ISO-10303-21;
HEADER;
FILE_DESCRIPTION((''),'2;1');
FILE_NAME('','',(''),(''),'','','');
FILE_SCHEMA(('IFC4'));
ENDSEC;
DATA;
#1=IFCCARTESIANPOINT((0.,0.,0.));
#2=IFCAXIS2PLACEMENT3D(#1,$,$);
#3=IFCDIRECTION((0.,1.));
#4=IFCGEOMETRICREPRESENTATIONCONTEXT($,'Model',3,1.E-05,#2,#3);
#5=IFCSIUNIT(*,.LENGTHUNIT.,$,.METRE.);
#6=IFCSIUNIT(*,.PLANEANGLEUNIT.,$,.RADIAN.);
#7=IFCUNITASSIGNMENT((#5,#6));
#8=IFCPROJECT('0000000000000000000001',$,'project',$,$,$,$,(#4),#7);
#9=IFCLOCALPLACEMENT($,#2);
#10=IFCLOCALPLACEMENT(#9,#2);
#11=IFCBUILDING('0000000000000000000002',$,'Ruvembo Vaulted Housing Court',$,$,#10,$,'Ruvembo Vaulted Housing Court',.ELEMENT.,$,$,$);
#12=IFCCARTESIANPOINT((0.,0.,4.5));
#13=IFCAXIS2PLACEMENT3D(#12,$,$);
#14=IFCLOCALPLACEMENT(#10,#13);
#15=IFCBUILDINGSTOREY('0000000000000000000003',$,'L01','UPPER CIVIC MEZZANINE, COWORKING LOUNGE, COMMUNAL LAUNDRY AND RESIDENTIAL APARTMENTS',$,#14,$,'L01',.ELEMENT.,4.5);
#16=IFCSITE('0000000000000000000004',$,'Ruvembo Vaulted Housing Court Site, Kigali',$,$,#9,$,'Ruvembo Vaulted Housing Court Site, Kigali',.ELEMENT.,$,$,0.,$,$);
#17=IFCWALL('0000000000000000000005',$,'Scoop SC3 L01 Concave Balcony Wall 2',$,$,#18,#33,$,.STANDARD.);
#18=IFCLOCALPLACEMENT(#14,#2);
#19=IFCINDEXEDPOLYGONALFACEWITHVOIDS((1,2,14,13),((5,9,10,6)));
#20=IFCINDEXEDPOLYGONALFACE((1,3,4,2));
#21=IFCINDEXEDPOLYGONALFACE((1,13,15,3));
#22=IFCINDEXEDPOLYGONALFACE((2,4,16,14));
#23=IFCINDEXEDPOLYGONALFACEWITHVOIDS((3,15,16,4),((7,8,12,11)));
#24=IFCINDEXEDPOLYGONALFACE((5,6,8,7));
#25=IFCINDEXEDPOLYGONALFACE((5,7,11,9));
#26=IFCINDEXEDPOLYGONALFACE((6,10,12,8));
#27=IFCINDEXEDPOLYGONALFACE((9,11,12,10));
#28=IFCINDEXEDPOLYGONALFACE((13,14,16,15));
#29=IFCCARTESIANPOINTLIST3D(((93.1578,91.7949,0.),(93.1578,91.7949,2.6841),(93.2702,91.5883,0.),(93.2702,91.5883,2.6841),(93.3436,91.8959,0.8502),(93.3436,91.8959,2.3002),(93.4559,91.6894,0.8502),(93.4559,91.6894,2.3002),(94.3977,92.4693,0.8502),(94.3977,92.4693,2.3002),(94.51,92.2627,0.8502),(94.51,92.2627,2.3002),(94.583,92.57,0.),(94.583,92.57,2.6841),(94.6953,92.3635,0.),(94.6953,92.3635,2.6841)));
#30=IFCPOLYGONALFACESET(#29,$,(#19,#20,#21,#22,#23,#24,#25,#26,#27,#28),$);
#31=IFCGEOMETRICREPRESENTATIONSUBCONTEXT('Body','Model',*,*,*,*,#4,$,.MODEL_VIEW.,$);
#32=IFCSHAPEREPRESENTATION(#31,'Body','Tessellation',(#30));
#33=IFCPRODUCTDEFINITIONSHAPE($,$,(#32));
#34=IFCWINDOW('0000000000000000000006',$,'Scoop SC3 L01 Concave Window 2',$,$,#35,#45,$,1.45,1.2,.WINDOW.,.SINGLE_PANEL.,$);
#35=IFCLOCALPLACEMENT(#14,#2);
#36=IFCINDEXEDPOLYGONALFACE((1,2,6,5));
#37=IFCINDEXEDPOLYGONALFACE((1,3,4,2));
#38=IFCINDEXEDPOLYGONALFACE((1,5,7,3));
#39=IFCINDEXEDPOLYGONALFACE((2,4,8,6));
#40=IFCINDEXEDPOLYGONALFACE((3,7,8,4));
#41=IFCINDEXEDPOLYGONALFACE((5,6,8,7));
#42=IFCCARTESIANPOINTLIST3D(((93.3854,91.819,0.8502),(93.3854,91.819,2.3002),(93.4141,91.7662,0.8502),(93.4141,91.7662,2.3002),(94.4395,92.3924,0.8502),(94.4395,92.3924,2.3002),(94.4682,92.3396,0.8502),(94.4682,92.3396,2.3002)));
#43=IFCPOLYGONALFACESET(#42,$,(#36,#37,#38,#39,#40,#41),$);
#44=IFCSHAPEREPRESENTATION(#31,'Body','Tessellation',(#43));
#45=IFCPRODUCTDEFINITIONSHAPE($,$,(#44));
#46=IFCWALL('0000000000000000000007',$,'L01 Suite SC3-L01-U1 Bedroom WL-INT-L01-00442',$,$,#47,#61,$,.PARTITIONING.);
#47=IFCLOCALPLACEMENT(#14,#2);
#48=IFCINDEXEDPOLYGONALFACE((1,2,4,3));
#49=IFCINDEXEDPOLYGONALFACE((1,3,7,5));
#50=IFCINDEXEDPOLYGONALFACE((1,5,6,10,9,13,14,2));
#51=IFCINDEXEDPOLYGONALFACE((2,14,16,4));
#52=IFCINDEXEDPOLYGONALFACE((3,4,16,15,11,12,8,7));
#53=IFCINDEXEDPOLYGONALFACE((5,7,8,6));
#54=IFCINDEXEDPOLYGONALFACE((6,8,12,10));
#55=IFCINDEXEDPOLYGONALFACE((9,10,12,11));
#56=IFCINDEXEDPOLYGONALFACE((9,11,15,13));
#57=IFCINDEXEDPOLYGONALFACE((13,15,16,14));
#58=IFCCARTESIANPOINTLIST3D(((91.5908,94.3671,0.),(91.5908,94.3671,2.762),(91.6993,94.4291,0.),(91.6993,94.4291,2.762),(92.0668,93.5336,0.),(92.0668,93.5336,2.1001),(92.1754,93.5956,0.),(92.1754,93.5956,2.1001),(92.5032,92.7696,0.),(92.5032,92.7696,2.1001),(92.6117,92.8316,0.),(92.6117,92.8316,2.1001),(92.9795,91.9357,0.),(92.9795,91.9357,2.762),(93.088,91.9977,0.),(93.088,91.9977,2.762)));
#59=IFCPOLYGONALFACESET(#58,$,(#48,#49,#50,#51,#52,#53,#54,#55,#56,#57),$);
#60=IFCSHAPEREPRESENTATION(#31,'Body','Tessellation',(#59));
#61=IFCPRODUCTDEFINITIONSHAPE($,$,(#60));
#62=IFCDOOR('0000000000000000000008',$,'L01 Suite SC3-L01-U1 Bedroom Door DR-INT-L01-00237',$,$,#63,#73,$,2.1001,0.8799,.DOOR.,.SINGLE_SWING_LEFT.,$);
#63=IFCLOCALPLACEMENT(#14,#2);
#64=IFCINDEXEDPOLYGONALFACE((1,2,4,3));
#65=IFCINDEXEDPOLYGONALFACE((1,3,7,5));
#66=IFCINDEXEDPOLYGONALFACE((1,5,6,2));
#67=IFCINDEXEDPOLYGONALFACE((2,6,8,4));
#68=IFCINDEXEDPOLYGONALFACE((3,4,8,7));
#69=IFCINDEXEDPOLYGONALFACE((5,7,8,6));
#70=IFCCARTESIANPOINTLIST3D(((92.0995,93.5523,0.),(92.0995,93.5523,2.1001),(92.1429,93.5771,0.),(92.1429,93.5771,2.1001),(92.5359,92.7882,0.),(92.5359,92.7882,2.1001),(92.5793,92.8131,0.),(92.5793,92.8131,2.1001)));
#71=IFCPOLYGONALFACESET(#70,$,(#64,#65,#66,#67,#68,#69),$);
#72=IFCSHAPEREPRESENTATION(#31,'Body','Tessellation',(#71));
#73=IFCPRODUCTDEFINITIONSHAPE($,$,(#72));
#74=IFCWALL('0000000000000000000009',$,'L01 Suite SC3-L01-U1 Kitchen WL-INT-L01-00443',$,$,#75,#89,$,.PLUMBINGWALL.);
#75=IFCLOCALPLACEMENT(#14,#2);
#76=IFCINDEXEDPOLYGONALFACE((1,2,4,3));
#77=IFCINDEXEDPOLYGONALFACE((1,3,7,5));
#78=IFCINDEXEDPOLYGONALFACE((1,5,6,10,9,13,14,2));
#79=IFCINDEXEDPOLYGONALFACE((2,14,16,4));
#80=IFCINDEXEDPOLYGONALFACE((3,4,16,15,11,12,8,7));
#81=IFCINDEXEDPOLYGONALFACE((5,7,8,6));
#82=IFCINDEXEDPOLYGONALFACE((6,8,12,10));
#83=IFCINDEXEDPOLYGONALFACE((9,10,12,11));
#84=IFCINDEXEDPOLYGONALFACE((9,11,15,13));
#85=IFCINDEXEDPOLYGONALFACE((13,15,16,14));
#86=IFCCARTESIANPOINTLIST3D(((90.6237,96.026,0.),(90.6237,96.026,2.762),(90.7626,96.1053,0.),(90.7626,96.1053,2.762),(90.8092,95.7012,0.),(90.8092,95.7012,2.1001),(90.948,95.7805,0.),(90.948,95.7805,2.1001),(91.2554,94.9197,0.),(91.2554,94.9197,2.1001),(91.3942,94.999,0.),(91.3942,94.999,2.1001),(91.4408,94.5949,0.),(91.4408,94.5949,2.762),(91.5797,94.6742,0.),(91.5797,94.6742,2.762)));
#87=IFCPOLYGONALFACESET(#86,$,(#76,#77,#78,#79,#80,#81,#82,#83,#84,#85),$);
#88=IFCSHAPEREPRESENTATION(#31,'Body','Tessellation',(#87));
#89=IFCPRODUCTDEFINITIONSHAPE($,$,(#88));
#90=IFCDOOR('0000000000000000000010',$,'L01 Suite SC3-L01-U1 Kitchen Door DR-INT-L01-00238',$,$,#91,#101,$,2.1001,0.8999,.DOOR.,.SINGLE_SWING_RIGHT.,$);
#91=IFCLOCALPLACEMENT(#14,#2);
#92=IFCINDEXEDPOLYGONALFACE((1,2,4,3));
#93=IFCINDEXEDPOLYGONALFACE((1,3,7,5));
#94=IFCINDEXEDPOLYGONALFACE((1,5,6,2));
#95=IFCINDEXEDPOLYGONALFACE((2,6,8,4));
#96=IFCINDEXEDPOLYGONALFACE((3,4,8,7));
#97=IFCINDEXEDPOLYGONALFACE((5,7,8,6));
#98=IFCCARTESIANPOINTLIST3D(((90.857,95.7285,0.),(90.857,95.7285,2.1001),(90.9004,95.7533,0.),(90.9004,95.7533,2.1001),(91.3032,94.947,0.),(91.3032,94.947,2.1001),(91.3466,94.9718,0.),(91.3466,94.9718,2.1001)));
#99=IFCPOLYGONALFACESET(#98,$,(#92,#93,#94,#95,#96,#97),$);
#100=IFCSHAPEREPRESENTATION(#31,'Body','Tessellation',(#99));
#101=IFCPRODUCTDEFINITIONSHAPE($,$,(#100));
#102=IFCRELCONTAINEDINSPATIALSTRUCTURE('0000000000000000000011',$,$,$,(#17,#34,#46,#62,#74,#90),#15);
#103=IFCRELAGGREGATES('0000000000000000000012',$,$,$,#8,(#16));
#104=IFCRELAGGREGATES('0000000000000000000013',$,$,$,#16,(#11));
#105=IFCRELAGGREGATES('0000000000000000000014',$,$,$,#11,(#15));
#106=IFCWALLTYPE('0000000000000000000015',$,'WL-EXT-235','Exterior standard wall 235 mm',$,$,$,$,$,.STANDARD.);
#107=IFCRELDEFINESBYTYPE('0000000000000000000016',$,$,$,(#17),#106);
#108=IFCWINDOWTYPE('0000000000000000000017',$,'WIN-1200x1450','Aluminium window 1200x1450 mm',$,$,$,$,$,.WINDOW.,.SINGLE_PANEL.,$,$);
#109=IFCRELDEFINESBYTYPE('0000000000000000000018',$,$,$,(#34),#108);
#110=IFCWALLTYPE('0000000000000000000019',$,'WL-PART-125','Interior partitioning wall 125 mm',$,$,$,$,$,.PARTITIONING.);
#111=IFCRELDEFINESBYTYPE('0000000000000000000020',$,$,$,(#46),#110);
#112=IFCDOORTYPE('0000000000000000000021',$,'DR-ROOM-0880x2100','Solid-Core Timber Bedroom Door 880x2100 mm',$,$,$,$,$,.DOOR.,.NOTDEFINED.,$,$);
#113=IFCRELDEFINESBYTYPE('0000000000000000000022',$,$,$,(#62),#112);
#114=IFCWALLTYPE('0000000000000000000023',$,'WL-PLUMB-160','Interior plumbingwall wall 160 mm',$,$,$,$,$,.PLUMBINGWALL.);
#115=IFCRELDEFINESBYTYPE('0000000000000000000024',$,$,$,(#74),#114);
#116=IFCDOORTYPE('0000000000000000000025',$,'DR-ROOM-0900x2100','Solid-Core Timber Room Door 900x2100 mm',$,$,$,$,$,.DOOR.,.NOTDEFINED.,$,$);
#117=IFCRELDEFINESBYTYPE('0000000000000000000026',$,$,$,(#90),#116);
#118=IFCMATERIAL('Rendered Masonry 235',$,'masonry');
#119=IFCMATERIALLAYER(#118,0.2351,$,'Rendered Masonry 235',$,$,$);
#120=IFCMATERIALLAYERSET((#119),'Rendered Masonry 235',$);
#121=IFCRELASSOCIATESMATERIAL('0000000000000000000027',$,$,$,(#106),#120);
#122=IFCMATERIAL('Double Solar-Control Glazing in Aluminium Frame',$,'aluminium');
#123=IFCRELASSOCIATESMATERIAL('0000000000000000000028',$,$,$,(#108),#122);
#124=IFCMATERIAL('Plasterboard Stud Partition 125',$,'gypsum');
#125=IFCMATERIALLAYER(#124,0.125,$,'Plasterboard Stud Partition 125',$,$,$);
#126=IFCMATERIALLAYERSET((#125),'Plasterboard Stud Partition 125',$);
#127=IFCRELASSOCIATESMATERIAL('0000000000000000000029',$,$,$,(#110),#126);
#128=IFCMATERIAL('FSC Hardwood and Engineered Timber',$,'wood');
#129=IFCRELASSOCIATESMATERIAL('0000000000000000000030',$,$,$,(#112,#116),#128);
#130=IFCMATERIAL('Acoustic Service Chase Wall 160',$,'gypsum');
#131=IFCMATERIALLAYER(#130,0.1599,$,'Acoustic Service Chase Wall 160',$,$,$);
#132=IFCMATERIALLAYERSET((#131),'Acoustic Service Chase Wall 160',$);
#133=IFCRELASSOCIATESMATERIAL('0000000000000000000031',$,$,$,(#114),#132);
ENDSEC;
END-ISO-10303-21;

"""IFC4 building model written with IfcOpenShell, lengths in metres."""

from ifc_helpers import new_model, si_unit, direction, frame, frame_2d, origin, place, context, subcontext, project, spatial, rectangle, extrude, material, layer, layer_set, type_object, element, fill, save


model = new_model("IFC4")

# Units and contexts
model_context = context("Model", 3, precision=1e-05, world=origin(), true_north=direction((0.0, 1.0)))
body_context = subcontext(model_context, "Body", "Model", "MODEL_VIEW")
ifc_project = project(units=[si_unit("LENGTHUNIT", "METRE"), si_unit("PLANEANGLEUNIT", "RADIAN")], contexts=[model_context])

# Site, building, storey
site_placement = place(None, origin())
site = spatial("IfcSite", under=ifc_project, at=site_placement, Name="Ruvembo Vaulted Housing Court Site, Kigali", LongName="Ruvembo Vaulted Housing Court Site, Kigali", CompositionType="ELEMENT", RefElevation=0.0)
building_placement = place(site_placement, origin())
building = spatial("IfcBuilding", under=site, at=building_placement, Name="Ruvembo Vaulted Housing Court", LongName="Ruvembo Vaulted Housing Court", CompositionType="ELEMENT")
storey_placement = place(building_placement, frame((0.0, 0.0, 4.5)))
storey = spatial("IfcBuildingStorey", under=building, at=storey_placement, Name="L01", Description="UPPER CIVIC MEZZANINE, COWORKING LOUNGE, COMMUNAL LAUNDRY AND RESIDENTIAL APARTMENTS", LongName="L01", CompositionType="ELEMENT", Elevation=4.5)

# Wall, opening, window
ifc_material_1 = material(Name="Rendered Masonry 235", Category="masonry")
ifc_layer_1 = layer(ifc_material_1, 0.2351, Name="Rendered Masonry 235")
ifc_layer_set_1 = layer_set([ifc_layer_1], Name="Rendered Masonry 235")
wall_type_1 = type_object("IfcWallType", Name="WL-EXT-235", Description="Exterior standard wall 235 mm", PredefinedType="STANDARD", material=ifc_layer_set_1)
ifc_material_2 = material(Name="Double Solar-Control Glazing in Aluminium Frame", Category="aluminium")
wall_1_placement = place(storey_placement, frame((93.2141, 91.6917, 0.0), z_axis=(0.0, 0.0, 1.0), x_axis=(0.878453, 0.477829, 0.0)))
wall_1 = element("IfcWall", 1, at=wall_1_placement, inside=storey, type_object=wall_type_1, Name="Scoop SC3 L01 Concave Balcony Wall 2", PredefinedType="STANDARD", context=body_context, shape_type="SweptSolid", body=[
    extrude(rectangle(XDim=1.6223, YDim=0.2351, at=frame_2d((0.811, 0.0))), origin(), (0.0, 0.0, 1.0), 2.6841),
])
opening_1_placement = place(wall_1_placement, frame((0.2112, 0.0, 0.8501)))
opening_1 = element("IfcOpeningElement", 2, at=opening_1_placement, cuts=wall_1, PredefinedType="OPENING", context=body_context, shape_type="SweptSolid", body=[
    extrude(rectangle(XDim=1.2, YDim=1.45, at=frame_2d((0.6001, 0.7251))), frame((0.0, 0.1274, 0.0), z_axis=(0.0, -1.0, 0.0), x_axis=(1.0, 0.0, 0.0)), (0.0, 0.0, 1.0), 0.2551),
])
window_type_1 = type_object("IfcWindowType", Name="WIN-1200x1450", Description="Aluminium window 1200x1450 mm", PartitioningType="SINGLE_PANEL", PredefinedType="WINDOW", material=ifc_material_2)
window_1_placement = place(opening_1_placement, origin())
window_1 = element("IfcWindow", 3, at=window_1_placement, inside=storey, type_object=window_type_1, Name="Scoop SC3 L01 Concave Window 2", OverallHeight=1.45, OverallWidth=1.2, PartitioningType="SINGLE_PANEL", PredefinedType="WINDOW", context=body_context, shape_type="SweptSolid", body=[
    extrude(rectangle(XDim=1.2, YDim=1.45, at=frame_2d((0.6001, 0.7251))), frame((0.0, 0.03, 0.0), z_axis=(0.0, -1.0, 0.0), x_axis=(1.0, 0.0, 0.0)), (0.0, 0.0, 1.0), 0.0601),
])
fill(opening_1, window_1)

# Walls, openings, doors
ifc_material_3 = material(Name="Plasterboard Stud Partition 125", Category="gypsum")
ifc_layer_2 = layer(ifc_material_3, 0.125, Name="Plasterboard Stud Partition 125")
ifc_layer_set_2 = layer_set([ifc_layer_2], Name="Plasterboard Stud Partition 125")
wall_type_2 = type_object("IfcWallType", Name="WL-PART-125", Description="Interior partitioning wall 125 mm", PredefinedType="PARTITIONING", material=ifc_layer_set_2)
wall_2_placement = place(storey_placement, frame((93.0337, 91.9668, 0.0), z_axis=(0.0, 0.0, 1.0), x_axis=(-0.495951, 0.86835, 0.0)))
wall_2 = element("IfcWall", 4, at=wall_2_placement, inside=storey, type_object=wall_type_2, Name="L01 Suite SC3-L01-U1 Bedroom WL-INT-L01-00442", PredefinedType="PARTITIONING", context=body_context, shape_type="SweptSolid", body=[
    extrude(rectangle(XDim=2.8, YDim=0.125, at=frame_2d((1.3999, 0.0))), origin(), (0.0, 0.0, 1.0), 2.762),
])
opening_2_placement = place(wall_2_placement, frame((0.9602, 0.0, 0.0)))
opening_2 = element("IfcOpeningElement", 5, at=opening_2_placement, cuts=wall_2, PredefinedType="OPENING", context=body_context, shape_type="SweptSolid", body=[
    extrude(rectangle(XDim=0.8799, YDim=2.1001, at=frame_2d((0.4399, 1.05))), frame((0.0, 0.0725, 0.0), z_axis=(0.0, -1.0, 0.0), x_axis=(1.0, 0.0, 0.0)), (0.0, 0.0, 1.0), 0.145),
])
ifc_material_4 = material(Name="FSC Hardwood and Engineered Timber", Category="wood")
door_type_1 = type_object("IfcDoorType", Name="DR-ROOM-0880x2100", Description="Solid-Core Timber Bedroom Door 880x2100 mm", OperationType="NOTDEFINED", PredefinedType="DOOR", material=ifc_material_4)
door_1_placement = place(opening_2_placement, origin())
door_1 = element("IfcDoor", 6, at=door_1_placement, inside=storey, type_object=door_type_1, Name="L01 Suite SC3-L01-U1 Bedroom Door DR-INT-L01-00237", OperationType="SINGLE_SWING_LEFT", OverallHeight=2.1001, OverallWidth=0.8799, PredefinedType="DOOR", context=body_context, shape_type="SweptSolid", body=[
    extrude(rectangle(XDim=0.8799, YDim=2.1001, at=frame_2d((0.4399, 1.05))), frame((0.0, 0.0249, 0.0), z_axis=(0.0, -1.0, 0.0), x_axis=(1.0, 0.0, 0.0)), (0.0, 0.0, 1.0), 0.05),
])
fill(opening_2, door_1)
ifc_material_5 = material(Name="Acoustic Service Chase Wall 160", Category="gypsum")
ifc_layer_3 = layer(ifc_material_5, 0.1599, Name="Acoustic Service Chase Wall 160")
ifc_layer_set_3 = layer_set([ifc_layer_3], Name="Acoustic Service Chase Wall 160")
wall_type_3 = type_object("IfcWallType", Name="WL-PLUMB-160", Description="Interior plumbingwall wall 160 mm", PredefinedType="PLUMBINGWALL", material=ifc_layer_set_3)
wall_3_placement = place(storey_placement, frame((91.5103, 94.6345, 0.0), z_axis=(0.0, 0.0, 1.0), x_axis=(-0.495836, 0.868416, 0.0)))
wall_3 = element("IfcWall", 7, at=wall_3_placement, inside=storey, type_object=wall_type_3, Name="L01 Suite SC3-L01-U1 Kitchen WL-INT-L01-00443", PredefinedType="PLUMBINGWALL", context=body_context, shape_type="SweptSolid", body=[
    extrude(rectangle(XDim=1.6479, YDim=0.1599, at=frame_2d((0.824, 0.0))), origin(), (0.0, 0.0, 1.0), 2.762),
])
opening_3_placement = place(wall_3_placement, frame((0.374, 0.0, 0.0)))
opening_3 = element("IfcOpeningElement", 8, at=opening_3_placement, cuts=wall_3, PredefinedType="OPENING", context=body_context, shape_type="SweptSolid", body=[
    extrude(rectangle(XDim=0.8999, YDim=2.1001, at=frame_2d((0.45, 1.05))), frame((0.0, 0.0898, 0.0), z_axis=(0.0, -1.0, 0.0), x_axis=(1.0, 0.0, 0.0)), (0.0, 0.0, 1.0), 0.1799),
])
door_type_2 = type_object("IfcDoorType", Name="DR-ROOM-0900x2100", Description="Solid-Core Timber Room Door 900x2100 mm", OperationType="NOTDEFINED", PredefinedType="DOOR", material=ifc_material_4)
door_2_placement = place(opening_3_placement, origin())
door_2 = element("IfcDoor", 9, at=door_2_placement, inside=storey, type_object=door_type_2, Name="L01 Suite SC3-L01-U1 Kitchen Door DR-INT-L01-00238", OperationType="SINGLE_SWING_RIGHT", OverallHeight=2.1001, OverallWidth=0.8999, PredefinedType="DOOR", context=body_context, shape_type="SweptSolid", body=[
    extrude(rectangle(XDim=0.8999, YDim=2.1001, at=frame_2d((0.45, 1.05))), frame((0.0, 0.0249, 0.0), z_axis=(0.0, -1.0, 0.0), x_axis=(1.0, 0.0, 0.0)), (0.0, 0.0, 1.0), 0.05),
])
fill(opening_3, door_2)

save(model, "model.ifc")
